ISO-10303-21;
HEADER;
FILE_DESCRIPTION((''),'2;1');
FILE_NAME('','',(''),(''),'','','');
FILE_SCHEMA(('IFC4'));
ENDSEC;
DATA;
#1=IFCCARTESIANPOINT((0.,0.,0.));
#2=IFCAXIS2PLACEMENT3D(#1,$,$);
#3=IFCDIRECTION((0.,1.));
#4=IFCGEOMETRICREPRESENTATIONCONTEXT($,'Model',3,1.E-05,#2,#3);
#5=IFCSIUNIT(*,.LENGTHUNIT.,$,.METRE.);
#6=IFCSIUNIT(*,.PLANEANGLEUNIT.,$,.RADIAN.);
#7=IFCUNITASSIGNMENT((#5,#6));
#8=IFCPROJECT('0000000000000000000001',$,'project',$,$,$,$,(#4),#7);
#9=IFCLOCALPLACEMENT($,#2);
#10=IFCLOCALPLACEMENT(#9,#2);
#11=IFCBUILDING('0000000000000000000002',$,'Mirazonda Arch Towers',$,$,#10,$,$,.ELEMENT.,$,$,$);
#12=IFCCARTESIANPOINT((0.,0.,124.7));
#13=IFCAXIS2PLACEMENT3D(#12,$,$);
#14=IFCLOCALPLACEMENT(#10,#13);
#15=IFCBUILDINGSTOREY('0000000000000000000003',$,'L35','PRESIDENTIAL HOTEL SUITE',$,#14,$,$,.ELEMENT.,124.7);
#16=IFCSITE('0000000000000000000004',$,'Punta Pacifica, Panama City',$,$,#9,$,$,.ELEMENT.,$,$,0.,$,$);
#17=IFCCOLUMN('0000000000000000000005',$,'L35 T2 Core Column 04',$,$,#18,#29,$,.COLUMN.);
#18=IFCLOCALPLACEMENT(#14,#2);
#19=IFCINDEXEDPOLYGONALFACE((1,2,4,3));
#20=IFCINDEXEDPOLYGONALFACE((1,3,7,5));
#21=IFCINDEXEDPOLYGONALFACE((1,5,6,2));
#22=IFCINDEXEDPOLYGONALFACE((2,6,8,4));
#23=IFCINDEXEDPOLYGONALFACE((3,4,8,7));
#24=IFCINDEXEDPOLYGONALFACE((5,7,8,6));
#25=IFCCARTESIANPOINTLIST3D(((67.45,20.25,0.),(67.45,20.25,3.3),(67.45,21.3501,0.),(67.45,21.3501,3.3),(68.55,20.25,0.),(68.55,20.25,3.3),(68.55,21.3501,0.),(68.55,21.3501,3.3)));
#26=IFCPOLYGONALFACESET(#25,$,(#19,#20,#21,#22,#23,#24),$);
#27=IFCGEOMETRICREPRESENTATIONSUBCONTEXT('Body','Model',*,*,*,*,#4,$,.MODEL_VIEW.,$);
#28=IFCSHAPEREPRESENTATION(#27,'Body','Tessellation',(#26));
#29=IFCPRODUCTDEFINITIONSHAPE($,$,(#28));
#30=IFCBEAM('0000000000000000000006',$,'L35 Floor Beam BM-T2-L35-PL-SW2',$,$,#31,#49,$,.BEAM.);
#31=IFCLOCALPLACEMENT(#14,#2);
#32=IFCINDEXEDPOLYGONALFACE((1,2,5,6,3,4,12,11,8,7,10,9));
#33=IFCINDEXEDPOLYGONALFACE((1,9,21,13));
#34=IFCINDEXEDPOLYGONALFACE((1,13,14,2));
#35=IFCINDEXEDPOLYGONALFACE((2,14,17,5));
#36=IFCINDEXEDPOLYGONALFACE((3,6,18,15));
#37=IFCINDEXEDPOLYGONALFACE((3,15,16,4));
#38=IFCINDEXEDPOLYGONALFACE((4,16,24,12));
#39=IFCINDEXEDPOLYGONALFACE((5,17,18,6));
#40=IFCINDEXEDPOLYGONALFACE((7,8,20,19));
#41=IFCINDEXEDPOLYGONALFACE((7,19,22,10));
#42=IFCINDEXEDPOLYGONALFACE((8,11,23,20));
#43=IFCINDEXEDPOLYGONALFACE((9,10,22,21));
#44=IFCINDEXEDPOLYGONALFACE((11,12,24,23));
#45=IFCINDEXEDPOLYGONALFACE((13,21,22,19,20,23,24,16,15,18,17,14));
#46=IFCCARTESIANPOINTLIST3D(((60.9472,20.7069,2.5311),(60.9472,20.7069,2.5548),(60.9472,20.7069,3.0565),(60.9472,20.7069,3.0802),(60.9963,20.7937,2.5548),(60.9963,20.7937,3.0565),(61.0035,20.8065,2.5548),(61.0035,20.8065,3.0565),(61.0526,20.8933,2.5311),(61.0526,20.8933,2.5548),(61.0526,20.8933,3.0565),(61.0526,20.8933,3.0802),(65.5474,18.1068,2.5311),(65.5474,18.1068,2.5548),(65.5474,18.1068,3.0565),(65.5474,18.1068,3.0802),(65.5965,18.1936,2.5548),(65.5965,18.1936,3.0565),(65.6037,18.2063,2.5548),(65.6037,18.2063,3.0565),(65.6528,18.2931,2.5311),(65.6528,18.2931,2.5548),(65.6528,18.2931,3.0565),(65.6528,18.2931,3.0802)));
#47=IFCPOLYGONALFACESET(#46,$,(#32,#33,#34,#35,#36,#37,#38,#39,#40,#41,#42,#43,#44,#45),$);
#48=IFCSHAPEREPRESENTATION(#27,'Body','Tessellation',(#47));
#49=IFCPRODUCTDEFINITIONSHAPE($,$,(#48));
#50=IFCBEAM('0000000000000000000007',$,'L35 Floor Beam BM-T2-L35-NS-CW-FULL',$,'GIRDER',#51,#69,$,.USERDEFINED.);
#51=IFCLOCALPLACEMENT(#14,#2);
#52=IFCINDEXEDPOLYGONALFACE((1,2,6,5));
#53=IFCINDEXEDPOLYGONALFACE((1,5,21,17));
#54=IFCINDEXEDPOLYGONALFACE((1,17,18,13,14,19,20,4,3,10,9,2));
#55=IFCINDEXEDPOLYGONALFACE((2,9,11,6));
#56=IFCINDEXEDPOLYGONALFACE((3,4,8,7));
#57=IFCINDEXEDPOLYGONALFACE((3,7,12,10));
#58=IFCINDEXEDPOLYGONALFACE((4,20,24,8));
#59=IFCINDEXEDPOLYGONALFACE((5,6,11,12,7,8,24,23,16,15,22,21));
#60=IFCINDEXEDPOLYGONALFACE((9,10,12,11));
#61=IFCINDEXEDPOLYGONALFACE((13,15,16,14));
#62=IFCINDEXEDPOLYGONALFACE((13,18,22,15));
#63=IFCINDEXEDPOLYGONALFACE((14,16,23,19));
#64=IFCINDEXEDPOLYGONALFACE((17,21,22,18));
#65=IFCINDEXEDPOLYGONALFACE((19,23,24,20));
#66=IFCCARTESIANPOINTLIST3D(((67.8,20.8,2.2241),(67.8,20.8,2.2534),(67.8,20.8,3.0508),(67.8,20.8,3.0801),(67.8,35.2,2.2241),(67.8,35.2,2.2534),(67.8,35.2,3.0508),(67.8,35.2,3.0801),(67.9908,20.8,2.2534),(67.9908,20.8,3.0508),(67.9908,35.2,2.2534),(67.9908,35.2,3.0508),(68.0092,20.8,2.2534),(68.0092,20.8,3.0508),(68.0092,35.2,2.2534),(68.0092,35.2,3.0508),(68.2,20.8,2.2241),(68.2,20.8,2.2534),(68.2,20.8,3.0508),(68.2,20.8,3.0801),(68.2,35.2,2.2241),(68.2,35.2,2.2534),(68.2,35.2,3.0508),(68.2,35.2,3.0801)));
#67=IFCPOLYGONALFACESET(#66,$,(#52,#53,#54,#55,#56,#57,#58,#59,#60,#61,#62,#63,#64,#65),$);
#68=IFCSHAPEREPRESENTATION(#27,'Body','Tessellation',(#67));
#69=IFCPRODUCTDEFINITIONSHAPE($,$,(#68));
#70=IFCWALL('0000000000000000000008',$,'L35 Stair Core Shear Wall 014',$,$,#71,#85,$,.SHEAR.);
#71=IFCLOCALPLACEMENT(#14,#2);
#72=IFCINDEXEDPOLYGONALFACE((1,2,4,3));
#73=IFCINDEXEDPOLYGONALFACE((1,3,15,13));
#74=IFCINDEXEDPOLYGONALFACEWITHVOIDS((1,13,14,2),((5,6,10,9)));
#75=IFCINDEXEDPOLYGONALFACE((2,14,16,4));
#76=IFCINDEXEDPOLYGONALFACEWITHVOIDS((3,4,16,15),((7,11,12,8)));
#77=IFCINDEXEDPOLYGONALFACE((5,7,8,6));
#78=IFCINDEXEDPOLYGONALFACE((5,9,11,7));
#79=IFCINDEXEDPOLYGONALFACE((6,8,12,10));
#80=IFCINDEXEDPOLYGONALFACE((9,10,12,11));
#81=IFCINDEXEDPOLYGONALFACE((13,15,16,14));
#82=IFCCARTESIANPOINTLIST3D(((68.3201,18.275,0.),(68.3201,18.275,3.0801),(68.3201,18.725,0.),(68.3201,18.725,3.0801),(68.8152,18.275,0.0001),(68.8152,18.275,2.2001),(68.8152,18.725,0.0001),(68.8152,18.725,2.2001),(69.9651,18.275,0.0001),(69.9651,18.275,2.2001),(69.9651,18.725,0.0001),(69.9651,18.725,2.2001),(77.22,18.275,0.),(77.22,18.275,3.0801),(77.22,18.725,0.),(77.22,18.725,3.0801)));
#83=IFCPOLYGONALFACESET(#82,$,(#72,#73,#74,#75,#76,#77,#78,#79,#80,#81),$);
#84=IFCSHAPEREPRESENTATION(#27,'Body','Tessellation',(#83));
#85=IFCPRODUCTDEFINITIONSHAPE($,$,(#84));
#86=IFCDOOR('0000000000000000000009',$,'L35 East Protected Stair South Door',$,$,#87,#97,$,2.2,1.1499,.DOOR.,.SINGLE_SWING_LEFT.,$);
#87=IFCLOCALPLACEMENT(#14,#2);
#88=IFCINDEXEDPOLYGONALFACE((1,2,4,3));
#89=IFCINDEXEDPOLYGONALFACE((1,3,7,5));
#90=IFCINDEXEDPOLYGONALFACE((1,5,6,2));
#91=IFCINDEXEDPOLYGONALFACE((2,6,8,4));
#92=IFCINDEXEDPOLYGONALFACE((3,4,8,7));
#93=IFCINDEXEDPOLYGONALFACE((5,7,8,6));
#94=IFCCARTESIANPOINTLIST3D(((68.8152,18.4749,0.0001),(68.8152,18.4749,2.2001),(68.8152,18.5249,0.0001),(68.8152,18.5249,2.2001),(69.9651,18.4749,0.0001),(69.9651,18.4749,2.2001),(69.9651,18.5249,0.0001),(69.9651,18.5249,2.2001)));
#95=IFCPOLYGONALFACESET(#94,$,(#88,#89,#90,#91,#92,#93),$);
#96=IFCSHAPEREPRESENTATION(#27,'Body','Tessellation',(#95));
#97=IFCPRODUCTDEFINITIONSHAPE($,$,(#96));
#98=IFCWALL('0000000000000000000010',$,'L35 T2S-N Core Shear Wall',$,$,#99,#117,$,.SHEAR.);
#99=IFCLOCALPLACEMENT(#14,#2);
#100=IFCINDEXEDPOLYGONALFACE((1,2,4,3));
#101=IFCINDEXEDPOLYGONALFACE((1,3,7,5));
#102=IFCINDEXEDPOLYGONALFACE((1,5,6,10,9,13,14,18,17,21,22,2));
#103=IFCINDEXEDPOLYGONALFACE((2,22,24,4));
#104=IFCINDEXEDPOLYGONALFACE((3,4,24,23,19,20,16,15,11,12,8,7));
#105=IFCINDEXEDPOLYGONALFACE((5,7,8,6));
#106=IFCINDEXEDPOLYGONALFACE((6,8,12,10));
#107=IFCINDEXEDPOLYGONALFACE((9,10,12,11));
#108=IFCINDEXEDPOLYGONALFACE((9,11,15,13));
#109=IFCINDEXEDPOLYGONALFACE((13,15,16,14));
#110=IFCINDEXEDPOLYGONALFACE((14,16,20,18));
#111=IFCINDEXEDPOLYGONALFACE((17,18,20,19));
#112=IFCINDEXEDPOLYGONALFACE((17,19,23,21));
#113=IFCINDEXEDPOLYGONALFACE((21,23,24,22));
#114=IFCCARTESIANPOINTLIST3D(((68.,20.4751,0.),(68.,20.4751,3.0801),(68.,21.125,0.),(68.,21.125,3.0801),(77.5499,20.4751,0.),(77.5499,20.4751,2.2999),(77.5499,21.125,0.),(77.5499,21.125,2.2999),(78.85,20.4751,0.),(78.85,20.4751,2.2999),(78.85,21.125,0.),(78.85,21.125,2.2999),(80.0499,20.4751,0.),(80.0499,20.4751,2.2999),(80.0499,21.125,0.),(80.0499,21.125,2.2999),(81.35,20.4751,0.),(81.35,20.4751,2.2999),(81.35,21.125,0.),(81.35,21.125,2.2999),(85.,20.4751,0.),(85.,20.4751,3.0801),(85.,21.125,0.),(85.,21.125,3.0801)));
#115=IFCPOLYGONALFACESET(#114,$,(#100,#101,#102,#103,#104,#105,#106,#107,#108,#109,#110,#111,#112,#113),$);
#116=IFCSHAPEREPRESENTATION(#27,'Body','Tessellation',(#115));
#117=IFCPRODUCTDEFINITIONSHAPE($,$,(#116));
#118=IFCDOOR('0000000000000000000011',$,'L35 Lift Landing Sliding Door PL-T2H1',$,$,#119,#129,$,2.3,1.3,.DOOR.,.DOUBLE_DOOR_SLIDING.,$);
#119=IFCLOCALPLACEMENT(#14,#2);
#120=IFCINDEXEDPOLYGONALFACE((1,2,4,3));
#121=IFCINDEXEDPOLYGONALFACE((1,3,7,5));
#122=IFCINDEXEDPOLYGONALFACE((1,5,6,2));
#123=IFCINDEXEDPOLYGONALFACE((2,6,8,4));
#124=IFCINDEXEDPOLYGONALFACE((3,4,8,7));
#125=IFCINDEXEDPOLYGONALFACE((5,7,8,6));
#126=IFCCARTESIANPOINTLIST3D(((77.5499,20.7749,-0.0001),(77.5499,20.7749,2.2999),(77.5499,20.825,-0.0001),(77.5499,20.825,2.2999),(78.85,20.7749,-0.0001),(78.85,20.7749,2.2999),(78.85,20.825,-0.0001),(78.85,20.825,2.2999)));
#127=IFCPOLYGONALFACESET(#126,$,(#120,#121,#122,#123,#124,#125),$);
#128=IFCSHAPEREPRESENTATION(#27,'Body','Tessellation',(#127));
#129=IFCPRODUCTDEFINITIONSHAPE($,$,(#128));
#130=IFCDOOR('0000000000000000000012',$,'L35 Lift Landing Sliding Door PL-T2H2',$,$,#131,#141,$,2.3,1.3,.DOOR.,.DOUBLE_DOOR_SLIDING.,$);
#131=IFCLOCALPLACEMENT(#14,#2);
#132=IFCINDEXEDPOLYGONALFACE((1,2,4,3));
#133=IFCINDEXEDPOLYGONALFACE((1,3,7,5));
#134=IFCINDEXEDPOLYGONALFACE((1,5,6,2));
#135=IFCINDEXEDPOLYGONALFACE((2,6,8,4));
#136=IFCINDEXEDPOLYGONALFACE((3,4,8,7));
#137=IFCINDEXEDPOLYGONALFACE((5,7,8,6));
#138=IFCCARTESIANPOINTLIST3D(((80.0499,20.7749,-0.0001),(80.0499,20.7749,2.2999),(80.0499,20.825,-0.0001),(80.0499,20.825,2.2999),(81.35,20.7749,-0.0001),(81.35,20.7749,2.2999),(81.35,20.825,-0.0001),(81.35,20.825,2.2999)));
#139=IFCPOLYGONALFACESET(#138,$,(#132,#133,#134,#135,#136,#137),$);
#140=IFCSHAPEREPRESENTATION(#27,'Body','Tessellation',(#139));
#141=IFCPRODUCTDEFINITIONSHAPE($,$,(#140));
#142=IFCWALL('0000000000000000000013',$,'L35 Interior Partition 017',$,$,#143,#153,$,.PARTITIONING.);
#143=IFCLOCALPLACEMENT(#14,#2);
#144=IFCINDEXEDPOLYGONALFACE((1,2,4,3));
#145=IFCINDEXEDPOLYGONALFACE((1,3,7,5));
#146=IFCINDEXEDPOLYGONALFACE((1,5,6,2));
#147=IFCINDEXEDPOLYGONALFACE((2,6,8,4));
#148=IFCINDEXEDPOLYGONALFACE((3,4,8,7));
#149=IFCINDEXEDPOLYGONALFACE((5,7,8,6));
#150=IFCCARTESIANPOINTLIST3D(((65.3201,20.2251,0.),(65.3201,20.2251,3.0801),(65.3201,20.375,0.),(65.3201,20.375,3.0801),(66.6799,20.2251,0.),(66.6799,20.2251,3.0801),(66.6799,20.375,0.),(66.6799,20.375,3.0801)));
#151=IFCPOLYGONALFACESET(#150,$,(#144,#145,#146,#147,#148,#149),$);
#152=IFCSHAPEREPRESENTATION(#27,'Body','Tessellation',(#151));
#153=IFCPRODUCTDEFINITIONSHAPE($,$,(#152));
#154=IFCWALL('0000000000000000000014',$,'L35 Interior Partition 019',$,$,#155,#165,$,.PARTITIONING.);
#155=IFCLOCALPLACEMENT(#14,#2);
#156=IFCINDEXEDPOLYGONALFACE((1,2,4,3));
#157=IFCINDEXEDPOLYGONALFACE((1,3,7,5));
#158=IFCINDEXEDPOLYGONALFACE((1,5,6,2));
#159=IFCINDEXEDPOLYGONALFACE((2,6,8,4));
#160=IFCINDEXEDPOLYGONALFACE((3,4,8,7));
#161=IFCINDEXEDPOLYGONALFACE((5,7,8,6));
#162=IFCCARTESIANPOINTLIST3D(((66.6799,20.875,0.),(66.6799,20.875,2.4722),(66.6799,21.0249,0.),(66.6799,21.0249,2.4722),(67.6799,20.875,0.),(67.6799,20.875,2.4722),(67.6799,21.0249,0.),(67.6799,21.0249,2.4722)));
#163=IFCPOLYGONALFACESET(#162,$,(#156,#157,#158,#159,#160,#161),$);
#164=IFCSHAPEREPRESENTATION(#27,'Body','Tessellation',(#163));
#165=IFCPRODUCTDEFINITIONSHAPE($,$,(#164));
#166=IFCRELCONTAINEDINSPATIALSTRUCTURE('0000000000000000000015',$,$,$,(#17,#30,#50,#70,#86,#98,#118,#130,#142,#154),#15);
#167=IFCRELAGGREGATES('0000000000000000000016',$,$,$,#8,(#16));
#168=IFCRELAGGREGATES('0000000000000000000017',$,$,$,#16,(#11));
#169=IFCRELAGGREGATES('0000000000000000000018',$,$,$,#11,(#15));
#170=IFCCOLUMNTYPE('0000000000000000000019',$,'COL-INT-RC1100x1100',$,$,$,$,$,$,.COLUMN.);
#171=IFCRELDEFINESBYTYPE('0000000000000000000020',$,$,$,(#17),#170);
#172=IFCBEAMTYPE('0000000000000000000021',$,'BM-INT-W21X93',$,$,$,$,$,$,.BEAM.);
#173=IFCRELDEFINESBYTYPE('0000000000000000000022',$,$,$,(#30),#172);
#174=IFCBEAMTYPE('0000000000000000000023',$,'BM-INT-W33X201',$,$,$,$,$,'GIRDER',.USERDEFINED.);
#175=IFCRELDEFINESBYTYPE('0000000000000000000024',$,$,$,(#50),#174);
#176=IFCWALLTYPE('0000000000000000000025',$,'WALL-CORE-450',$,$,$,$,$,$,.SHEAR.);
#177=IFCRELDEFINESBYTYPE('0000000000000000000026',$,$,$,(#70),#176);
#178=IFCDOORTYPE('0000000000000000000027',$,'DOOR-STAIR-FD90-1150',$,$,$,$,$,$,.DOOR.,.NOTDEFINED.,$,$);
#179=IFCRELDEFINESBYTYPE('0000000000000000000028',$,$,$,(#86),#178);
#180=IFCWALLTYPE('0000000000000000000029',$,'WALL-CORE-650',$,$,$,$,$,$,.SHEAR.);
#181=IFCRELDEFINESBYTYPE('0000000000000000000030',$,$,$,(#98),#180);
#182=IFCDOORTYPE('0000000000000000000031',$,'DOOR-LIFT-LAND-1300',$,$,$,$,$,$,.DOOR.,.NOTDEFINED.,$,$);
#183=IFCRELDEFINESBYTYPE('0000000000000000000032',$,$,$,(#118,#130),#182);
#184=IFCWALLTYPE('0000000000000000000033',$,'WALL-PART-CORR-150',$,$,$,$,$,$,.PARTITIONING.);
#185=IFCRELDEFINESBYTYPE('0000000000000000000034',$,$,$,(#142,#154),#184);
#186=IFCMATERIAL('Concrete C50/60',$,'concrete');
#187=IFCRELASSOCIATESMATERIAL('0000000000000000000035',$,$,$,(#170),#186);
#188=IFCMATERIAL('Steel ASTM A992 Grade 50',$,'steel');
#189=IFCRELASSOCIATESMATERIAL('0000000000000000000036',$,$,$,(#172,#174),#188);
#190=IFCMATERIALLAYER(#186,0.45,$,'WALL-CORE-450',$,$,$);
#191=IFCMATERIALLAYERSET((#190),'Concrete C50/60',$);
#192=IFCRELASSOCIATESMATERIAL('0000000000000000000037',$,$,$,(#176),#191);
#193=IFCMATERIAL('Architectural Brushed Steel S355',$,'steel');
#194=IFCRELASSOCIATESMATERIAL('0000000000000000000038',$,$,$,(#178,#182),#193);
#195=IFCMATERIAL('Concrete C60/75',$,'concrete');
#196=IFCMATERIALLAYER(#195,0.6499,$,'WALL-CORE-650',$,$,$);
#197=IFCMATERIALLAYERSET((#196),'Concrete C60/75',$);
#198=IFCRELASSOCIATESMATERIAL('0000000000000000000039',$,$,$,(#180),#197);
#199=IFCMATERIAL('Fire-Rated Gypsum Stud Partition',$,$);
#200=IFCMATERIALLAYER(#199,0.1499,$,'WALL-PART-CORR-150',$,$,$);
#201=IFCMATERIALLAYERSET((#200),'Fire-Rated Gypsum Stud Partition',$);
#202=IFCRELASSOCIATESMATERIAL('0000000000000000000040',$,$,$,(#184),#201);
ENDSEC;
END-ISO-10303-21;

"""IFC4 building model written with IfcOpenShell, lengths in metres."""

from ifc_helpers import new_model, si_unit, direction, frame, frame_2d, origin, origin_2d, place, context, subcontext, project, spatial, rectangle, i_section, extrude, material, layer, layer_set, material_profile, profile_set, type_object, element, fill, save


model = new_model("IFC4")

# Units and contexts
model_context = context("Model", 3, precision=1e-05, world=origin(), true_north=direction((0.0, 1.0)))
body_context = subcontext(model_context, "Body", "Model", "MODEL_VIEW")
ifc_project = project(units=[si_unit("LENGTHUNIT", "METRE"), si_unit("PLANEANGLEUNIT", "RADIAN")], contexts=[model_context])

# Site, building, storey
site_placement = place(None, origin())
site = spatial("IfcSite", under=ifc_project, at=site_placement, Name="Punta Pacifica, Panama City", CompositionType="ELEMENT", RefElevation=0.0)
building_placement = place(site_placement, origin())
building = spatial("IfcBuilding", under=site, at=building_placement, Name="Mirazonda Arch Towers", CompositionType="ELEMENT")
storey_placement = place(building_placement, frame((0.0, 0.0, 124.7)))
storey = spatial("IfcBuildingStorey", under=building, at=storey_placement, Name="L35", Description="PRESIDENTIAL HOTEL SUITE", CompositionType="ELEMENT", Elevation=124.7)

# Column
ifc_material_1 = material(Name="Concrete C50/60", Category="concrete")
ifc_material_profile_1 = material_profile(ifc_material_1, rectangle(XDim=1.1001, YDim=1.1001, at=origin_2d()), Name="RC1100x1100")
ifc_profile_set_1 = profile_set([ifc_material_profile_1], Name="Concrete C50/60")
column_type = type_object("IfcColumnType", Name="COL-INT-RC1100x1100", PredefinedType="COLUMN", material=ifc_profile_set_1)
column_placement = place(storey_placement, frame((68.0, 20.8, 0.0), z_axis=(0.0, 0.0, 1.0), x_axis=(1.0, 0.0, 0.0)))
element("IfcColumn", 1, at=column_placement, inside=storey, type_object=column_type, Name="L35 T2 Core Column 04", PredefinedType="COLUMN", context=body_context, shape_type="SweptSolid", body=[
    extrude(rectangle(XDim=1.1001, YDim=1.1001, at=origin_2d()), origin(), (0.0, 0.0, 1.0), 3.3),
])

# Beams
ifc_material_2 = material(Name="Steel ASTM A992 Grade 50", Category="steel")
ifc_material_profile_2 = material_profile(ifc_material_2, i_section(OverallWidth=0.2141, OverallDepth=0.5491, WebThickness=0.0146, FlangeThickness=0.0237, at=origin_2d()), Name="W21X93")
ifc_profile_set_2 = profile_set([ifc_material_profile_2], Name="Steel ASTM A992 Grade 50")
beam_type_1 = type_object("IfcBeamType", Name="BM-INT-W21X93", PredefinedType="BEAM", material=ifc_profile_set_2)
beam_1_placement = place(storey_placement, frame((65.6001, 18.2, 2.8057), z_axis=(-0.870559, 0.492063, 0.0), x_axis=(-0.492063, -0.870559, 0.0)))
element("IfcBeam", 2, at=beam_1_placement, inside=storey, type_object=beam_type_1, Name="L35 Floor Beam BM-T2-L35-PL-SW2", PredefinedType="BEAM", context=body_context, shape_type="SweptSolid", body=[
    extrude(i_section(OverallWidth=0.2141, OverallDepth=0.5491, WebThickness=0.0146, FlangeThickness=0.0237, at=origin_2d()), origin(), (0.0, 0.0, 1.0), 5.2842),
])
ifc_material_profile_3 = material_profile(ifc_material_2, i_section(OverallWidth=0.3999, OverallDepth=0.856, WebThickness=0.0183, FlangeThickness=0.0293, at=origin_2d()), Name="W33X201")
ifc_profile_set_3 = profile_set([ifc_material_profile_3], Name="Steel ASTM A992 Grade 50")
beam_type_2 = type_object("IfcBeamType", Name="BM-INT-W33X201", ElementType="GIRDER", PredefinedType="USERDEFINED", material=ifc_profile_set_3)
beam_2_placement = place(storey_placement, frame((68.0, 20.8, 2.6521), z_axis=(0.0, 1.0, 0.0), x_axis=(-1.0, 0.0, 0.0)))
element("IfcBeam", 3, at=beam_2_placement, inside=storey, type_object=beam_type_2, Name="L35 Floor Beam BM-T2-L35-NS-CW-FULL", ObjectType="GIRDER", PredefinedType="USERDEFINED", context=body_context, shape_type="SweptSolid", body=[
    extrude(i_section(OverallWidth=0.3999, OverallDepth=0.856, WebThickness=0.0183, FlangeThickness=0.0293, at=origin_2d()), origin(), (0.0, 0.0, 1.0), 14.3999),
])

# Wall, opening, door
ifc_layer_1 = layer(ifc_material_1, 0.45, Name="WALL-CORE-450")
ifc_layer_set_1 = layer_set([ifc_layer_1], Name="Concrete C50/60")
wall_type_1 = type_object("IfcWallType", Name="WALL-CORE-450", PredefinedType="SHEAR", material=ifc_layer_set_1)
wall_1_placement = place(storey_placement, frame((68.3201, 18.5, 0.0), z_axis=(0.0, 0.0, 1.0), x_axis=(1.0, 0.0, 0.0)))
wall_1 = element("IfcWall", 4, at=wall_1_placement, inside=storey, type_object=wall_type_1, Name="L35 Stair Core Shear Wall 014", PredefinedType="SHEAR", context=body_context, shape_type="SweptSolid", body=[
    extrude(rectangle(XDim=8.8999, YDim=0.45, at=frame_2d((4.45, 0.0))), origin(), (0.0, 0.0, 1.0), 3.0801),
])
opening_1_placement = place(wall_1_placement, frame((0.4951, 0.0, 0.0)))
opening_1 = element("IfcOpeningElement", 5, at=opening_1_placement, cuts=wall_1, PredefinedType="OPENING", context=body_context, shape_type="SweptSolid", body=[
    extrude(rectangle(XDim=1.1499, YDim=2.2, at=frame_2d((0.575, 1.1001))), frame((0.0, 0.2349, 0.0), z_axis=(0.0, -1.0, 0.0), x_axis=(1.0, 0.0, 0.0)), (0.0, 0.0, 1.0), 0.47),
])
ifc_material_3 = material(Name="Architectural Brushed Steel S355", Category="steel")
door_type_1 = type_object("IfcDoorType", Name="DOOR-STAIR-FD90-1150", OperationType="NOTDEFINED", PredefinedType="DOOR", material=ifc_material_3)
door_1_placement = place(opening_1_placement, origin())
door_1 = element("IfcDoor", 6, at=door_1_placement, inside=storey, type_object=door_type_1, Name="L35 East Protected Stair South Door", OperationType="SINGLE_SWING_LEFT", OverallHeight=2.2, OverallWidth=1.1499, PredefinedType="DOOR", context=body_context, shape_type="SweptSolid", body=[
    extrude(rectangle(XDim=1.1499, YDim=2.2, at=frame_2d((0.575, 1.1001))), frame((0.0, 0.0249, 0.0), z_axis=(0.0, -1.0, 0.0), x_axis=(1.0, 0.0, 0.0)), (0.0, 0.0, 1.0), 0.05),
])
fill(opening_1, door_1)

# Wall, openings, doors
ifc_material_4 = material(Name="Concrete C60/75", Category="concrete")
ifc_layer_2 = layer(ifc_material_4, 0.6499, Name="WALL-CORE-650")
ifc_layer_set_2 = layer_set([ifc_layer_2], Name="Concrete C60/75")
wall_type_2 = type_object("IfcWallType", Name="WALL-CORE-650", PredefinedType="SHEAR", material=ifc_layer_set_2)
wall_2_placement = place(storey_placement, frame((68.0, 20.8, 0.0), z_axis=(0.0, 0.0, 1.0), x_axis=(1.0, 0.0, 0.0)))
wall_2 = element("IfcWall", 7, at=wall_2_placement, inside=storey, type_object=wall_type_2, Name="L35 T2S-N Core Shear Wall", PredefinedType="SHEAR", context=body_context, shape_type="SweptSolid", body=[
    extrude(rectangle(XDim=17.0, YDim=0.6499, at=frame_2d((8.5, 0.0))), origin(), (0.0, 0.0, 1.0), 3.0801),
])
opening_2_placement = place(wall_2_placement, frame((9.55, 0.0, 0.0)))
opening_2 = element("IfcOpeningElement", 8, at=opening_2_placement, cuts=wall_2, PredefinedType="OPENING", context=body_context, shape_type="SweptSolid", body=[
    extrude(rectangle(XDim=1.3, YDim=2.3, at=frame_2d((0.6499, 1.1499))), frame((0.0, 0.335, 0.0), z_axis=(0.0, -1.0, 0.0), x_axis=(1.0, 0.0, 0.0)), (0.0, 0.0, 1.0), 0.6699),
])
opening_3_placement = place(wall_2_placement, frame((12.05, 0.0, 0.0)))
opening_3 = element("IfcOpeningElement", 9, at=opening_3_placement, cuts=wall_2, PredefinedType="OPENING", context=body_context, shape_type="SweptSolid", body=[
    extrude(rectangle(XDim=1.3, YDim=2.3, at=frame_2d((0.6499, 1.1499))), frame((0.0, 0.335, 0.0), z_axis=(0.0, -1.0, 0.0), x_axis=(1.0, 0.0, 0.0)), (0.0, 0.0, 1.0), 0.6699),
])
door_type_2 = type_object("IfcDoorType", Name="DOOR-LIFT-LAND-1300", OperationType="NOTDEFINED", PredefinedType="DOOR", material=ifc_material_3)
door_2_placement = place(opening_2_placement, origin())
door_2 = element("IfcDoor", 10, at=door_2_placement, inside=storey, type_object=door_type_2, Name="L35 Lift Landing Sliding Door PL-T2H1", OperationType="DOUBLE_DOOR_SLIDING", OverallHeight=2.3, OverallWidth=1.3, PredefinedType="DOOR", context=body_context, shape_type="SweptSolid", body=[
    extrude(rectangle(XDim=1.3, YDim=2.3, at=frame_2d((0.6499, 1.1499))), frame((0.0, 0.0249, 0.0), z_axis=(0.0, -1.0, 0.0), x_axis=(1.0, 0.0, 0.0)), (0.0, 0.0, 1.0), 0.05),
])
fill(opening_2, door_2)
door_3_placement = place(opening_3_placement, origin())
door_3 = element("IfcDoor", 11, at=door_3_placement, inside=storey, type_object=door_type_2, Name="L35 Lift Landing Sliding Door PL-T2H2", OperationType="DOUBLE_DOOR_SLIDING", OverallHeight=2.3, OverallWidth=1.3, PredefinedType="DOOR", context=body_context, shape_type="SweptSolid", body=[
    extrude(rectangle(XDim=1.3, YDim=2.3, at=frame_2d((0.6499, 1.1499))), frame((0.0, 0.0249, 0.0), z_axis=(0.0, -1.0, 0.0), x_axis=(1.0, 0.0, 0.0)), (0.0, 0.0, 1.0), 0.05),
])
fill(opening_3, door_3)

# Walls
ifc_material_5 = material(Name="Fire-Rated Gypsum Stud Partition")
ifc_layer_3 = layer(ifc_material_5, 0.1499, Name="WALL-PART-CORR-150")
ifc_layer_set_3 = layer_set([ifc_layer_3], Name="Fire-Rated Gypsum Stud Partition")
wall_type_3 = type_object("IfcWallType", Name="WALL-PART-CORR-150", PredefinedType="PARTITIONING", material=ifc_layer_set_3)
wall_3_placement = place(storey_placement, frame((65.3201, 20.3, 0.0), z_axis=(0.0, 0.0, 1.0), x_axis=(1.0, 0.0, 0.0)))
element("IfcWall", 12, at=wall_3_placement, inside=storey, type_object=wall_type_3, Name="L35 Interior Partition 017", PredefinedType="PARTITIONING", context=body_context, shape_type="SweptSolid", body=[
    extrude(rectangle(XDim=1.3599, YDim=0.1499, at=frame_2d((0.6799, 0.0))), origin(), (0.0, 0.0, 1.0), 3.0801),
])
wall_4_placement = place(storey_placement, frame((66.6799, 20.95, 0.0), z_axis=(0.0, 0.0, 1.0), x_axis=(1.0, 0.0, 0.0)))
element("IfcWall", 13, at=wall_4_placement, inside=storey, type_object=wall_type_3, Name="L35 Interior Partition 019", PredefinedType="PARTITIONING", context=body_context, shape_type="SweptSolid", body=[
    extrude(rectangle(XDim=1.0, YDim=0.1499, at=frame_2d((0.5, 0.0))), origin(), (0.0, 0.0, 1.0), 2.4722),
])

save(model, "model.ifc")
